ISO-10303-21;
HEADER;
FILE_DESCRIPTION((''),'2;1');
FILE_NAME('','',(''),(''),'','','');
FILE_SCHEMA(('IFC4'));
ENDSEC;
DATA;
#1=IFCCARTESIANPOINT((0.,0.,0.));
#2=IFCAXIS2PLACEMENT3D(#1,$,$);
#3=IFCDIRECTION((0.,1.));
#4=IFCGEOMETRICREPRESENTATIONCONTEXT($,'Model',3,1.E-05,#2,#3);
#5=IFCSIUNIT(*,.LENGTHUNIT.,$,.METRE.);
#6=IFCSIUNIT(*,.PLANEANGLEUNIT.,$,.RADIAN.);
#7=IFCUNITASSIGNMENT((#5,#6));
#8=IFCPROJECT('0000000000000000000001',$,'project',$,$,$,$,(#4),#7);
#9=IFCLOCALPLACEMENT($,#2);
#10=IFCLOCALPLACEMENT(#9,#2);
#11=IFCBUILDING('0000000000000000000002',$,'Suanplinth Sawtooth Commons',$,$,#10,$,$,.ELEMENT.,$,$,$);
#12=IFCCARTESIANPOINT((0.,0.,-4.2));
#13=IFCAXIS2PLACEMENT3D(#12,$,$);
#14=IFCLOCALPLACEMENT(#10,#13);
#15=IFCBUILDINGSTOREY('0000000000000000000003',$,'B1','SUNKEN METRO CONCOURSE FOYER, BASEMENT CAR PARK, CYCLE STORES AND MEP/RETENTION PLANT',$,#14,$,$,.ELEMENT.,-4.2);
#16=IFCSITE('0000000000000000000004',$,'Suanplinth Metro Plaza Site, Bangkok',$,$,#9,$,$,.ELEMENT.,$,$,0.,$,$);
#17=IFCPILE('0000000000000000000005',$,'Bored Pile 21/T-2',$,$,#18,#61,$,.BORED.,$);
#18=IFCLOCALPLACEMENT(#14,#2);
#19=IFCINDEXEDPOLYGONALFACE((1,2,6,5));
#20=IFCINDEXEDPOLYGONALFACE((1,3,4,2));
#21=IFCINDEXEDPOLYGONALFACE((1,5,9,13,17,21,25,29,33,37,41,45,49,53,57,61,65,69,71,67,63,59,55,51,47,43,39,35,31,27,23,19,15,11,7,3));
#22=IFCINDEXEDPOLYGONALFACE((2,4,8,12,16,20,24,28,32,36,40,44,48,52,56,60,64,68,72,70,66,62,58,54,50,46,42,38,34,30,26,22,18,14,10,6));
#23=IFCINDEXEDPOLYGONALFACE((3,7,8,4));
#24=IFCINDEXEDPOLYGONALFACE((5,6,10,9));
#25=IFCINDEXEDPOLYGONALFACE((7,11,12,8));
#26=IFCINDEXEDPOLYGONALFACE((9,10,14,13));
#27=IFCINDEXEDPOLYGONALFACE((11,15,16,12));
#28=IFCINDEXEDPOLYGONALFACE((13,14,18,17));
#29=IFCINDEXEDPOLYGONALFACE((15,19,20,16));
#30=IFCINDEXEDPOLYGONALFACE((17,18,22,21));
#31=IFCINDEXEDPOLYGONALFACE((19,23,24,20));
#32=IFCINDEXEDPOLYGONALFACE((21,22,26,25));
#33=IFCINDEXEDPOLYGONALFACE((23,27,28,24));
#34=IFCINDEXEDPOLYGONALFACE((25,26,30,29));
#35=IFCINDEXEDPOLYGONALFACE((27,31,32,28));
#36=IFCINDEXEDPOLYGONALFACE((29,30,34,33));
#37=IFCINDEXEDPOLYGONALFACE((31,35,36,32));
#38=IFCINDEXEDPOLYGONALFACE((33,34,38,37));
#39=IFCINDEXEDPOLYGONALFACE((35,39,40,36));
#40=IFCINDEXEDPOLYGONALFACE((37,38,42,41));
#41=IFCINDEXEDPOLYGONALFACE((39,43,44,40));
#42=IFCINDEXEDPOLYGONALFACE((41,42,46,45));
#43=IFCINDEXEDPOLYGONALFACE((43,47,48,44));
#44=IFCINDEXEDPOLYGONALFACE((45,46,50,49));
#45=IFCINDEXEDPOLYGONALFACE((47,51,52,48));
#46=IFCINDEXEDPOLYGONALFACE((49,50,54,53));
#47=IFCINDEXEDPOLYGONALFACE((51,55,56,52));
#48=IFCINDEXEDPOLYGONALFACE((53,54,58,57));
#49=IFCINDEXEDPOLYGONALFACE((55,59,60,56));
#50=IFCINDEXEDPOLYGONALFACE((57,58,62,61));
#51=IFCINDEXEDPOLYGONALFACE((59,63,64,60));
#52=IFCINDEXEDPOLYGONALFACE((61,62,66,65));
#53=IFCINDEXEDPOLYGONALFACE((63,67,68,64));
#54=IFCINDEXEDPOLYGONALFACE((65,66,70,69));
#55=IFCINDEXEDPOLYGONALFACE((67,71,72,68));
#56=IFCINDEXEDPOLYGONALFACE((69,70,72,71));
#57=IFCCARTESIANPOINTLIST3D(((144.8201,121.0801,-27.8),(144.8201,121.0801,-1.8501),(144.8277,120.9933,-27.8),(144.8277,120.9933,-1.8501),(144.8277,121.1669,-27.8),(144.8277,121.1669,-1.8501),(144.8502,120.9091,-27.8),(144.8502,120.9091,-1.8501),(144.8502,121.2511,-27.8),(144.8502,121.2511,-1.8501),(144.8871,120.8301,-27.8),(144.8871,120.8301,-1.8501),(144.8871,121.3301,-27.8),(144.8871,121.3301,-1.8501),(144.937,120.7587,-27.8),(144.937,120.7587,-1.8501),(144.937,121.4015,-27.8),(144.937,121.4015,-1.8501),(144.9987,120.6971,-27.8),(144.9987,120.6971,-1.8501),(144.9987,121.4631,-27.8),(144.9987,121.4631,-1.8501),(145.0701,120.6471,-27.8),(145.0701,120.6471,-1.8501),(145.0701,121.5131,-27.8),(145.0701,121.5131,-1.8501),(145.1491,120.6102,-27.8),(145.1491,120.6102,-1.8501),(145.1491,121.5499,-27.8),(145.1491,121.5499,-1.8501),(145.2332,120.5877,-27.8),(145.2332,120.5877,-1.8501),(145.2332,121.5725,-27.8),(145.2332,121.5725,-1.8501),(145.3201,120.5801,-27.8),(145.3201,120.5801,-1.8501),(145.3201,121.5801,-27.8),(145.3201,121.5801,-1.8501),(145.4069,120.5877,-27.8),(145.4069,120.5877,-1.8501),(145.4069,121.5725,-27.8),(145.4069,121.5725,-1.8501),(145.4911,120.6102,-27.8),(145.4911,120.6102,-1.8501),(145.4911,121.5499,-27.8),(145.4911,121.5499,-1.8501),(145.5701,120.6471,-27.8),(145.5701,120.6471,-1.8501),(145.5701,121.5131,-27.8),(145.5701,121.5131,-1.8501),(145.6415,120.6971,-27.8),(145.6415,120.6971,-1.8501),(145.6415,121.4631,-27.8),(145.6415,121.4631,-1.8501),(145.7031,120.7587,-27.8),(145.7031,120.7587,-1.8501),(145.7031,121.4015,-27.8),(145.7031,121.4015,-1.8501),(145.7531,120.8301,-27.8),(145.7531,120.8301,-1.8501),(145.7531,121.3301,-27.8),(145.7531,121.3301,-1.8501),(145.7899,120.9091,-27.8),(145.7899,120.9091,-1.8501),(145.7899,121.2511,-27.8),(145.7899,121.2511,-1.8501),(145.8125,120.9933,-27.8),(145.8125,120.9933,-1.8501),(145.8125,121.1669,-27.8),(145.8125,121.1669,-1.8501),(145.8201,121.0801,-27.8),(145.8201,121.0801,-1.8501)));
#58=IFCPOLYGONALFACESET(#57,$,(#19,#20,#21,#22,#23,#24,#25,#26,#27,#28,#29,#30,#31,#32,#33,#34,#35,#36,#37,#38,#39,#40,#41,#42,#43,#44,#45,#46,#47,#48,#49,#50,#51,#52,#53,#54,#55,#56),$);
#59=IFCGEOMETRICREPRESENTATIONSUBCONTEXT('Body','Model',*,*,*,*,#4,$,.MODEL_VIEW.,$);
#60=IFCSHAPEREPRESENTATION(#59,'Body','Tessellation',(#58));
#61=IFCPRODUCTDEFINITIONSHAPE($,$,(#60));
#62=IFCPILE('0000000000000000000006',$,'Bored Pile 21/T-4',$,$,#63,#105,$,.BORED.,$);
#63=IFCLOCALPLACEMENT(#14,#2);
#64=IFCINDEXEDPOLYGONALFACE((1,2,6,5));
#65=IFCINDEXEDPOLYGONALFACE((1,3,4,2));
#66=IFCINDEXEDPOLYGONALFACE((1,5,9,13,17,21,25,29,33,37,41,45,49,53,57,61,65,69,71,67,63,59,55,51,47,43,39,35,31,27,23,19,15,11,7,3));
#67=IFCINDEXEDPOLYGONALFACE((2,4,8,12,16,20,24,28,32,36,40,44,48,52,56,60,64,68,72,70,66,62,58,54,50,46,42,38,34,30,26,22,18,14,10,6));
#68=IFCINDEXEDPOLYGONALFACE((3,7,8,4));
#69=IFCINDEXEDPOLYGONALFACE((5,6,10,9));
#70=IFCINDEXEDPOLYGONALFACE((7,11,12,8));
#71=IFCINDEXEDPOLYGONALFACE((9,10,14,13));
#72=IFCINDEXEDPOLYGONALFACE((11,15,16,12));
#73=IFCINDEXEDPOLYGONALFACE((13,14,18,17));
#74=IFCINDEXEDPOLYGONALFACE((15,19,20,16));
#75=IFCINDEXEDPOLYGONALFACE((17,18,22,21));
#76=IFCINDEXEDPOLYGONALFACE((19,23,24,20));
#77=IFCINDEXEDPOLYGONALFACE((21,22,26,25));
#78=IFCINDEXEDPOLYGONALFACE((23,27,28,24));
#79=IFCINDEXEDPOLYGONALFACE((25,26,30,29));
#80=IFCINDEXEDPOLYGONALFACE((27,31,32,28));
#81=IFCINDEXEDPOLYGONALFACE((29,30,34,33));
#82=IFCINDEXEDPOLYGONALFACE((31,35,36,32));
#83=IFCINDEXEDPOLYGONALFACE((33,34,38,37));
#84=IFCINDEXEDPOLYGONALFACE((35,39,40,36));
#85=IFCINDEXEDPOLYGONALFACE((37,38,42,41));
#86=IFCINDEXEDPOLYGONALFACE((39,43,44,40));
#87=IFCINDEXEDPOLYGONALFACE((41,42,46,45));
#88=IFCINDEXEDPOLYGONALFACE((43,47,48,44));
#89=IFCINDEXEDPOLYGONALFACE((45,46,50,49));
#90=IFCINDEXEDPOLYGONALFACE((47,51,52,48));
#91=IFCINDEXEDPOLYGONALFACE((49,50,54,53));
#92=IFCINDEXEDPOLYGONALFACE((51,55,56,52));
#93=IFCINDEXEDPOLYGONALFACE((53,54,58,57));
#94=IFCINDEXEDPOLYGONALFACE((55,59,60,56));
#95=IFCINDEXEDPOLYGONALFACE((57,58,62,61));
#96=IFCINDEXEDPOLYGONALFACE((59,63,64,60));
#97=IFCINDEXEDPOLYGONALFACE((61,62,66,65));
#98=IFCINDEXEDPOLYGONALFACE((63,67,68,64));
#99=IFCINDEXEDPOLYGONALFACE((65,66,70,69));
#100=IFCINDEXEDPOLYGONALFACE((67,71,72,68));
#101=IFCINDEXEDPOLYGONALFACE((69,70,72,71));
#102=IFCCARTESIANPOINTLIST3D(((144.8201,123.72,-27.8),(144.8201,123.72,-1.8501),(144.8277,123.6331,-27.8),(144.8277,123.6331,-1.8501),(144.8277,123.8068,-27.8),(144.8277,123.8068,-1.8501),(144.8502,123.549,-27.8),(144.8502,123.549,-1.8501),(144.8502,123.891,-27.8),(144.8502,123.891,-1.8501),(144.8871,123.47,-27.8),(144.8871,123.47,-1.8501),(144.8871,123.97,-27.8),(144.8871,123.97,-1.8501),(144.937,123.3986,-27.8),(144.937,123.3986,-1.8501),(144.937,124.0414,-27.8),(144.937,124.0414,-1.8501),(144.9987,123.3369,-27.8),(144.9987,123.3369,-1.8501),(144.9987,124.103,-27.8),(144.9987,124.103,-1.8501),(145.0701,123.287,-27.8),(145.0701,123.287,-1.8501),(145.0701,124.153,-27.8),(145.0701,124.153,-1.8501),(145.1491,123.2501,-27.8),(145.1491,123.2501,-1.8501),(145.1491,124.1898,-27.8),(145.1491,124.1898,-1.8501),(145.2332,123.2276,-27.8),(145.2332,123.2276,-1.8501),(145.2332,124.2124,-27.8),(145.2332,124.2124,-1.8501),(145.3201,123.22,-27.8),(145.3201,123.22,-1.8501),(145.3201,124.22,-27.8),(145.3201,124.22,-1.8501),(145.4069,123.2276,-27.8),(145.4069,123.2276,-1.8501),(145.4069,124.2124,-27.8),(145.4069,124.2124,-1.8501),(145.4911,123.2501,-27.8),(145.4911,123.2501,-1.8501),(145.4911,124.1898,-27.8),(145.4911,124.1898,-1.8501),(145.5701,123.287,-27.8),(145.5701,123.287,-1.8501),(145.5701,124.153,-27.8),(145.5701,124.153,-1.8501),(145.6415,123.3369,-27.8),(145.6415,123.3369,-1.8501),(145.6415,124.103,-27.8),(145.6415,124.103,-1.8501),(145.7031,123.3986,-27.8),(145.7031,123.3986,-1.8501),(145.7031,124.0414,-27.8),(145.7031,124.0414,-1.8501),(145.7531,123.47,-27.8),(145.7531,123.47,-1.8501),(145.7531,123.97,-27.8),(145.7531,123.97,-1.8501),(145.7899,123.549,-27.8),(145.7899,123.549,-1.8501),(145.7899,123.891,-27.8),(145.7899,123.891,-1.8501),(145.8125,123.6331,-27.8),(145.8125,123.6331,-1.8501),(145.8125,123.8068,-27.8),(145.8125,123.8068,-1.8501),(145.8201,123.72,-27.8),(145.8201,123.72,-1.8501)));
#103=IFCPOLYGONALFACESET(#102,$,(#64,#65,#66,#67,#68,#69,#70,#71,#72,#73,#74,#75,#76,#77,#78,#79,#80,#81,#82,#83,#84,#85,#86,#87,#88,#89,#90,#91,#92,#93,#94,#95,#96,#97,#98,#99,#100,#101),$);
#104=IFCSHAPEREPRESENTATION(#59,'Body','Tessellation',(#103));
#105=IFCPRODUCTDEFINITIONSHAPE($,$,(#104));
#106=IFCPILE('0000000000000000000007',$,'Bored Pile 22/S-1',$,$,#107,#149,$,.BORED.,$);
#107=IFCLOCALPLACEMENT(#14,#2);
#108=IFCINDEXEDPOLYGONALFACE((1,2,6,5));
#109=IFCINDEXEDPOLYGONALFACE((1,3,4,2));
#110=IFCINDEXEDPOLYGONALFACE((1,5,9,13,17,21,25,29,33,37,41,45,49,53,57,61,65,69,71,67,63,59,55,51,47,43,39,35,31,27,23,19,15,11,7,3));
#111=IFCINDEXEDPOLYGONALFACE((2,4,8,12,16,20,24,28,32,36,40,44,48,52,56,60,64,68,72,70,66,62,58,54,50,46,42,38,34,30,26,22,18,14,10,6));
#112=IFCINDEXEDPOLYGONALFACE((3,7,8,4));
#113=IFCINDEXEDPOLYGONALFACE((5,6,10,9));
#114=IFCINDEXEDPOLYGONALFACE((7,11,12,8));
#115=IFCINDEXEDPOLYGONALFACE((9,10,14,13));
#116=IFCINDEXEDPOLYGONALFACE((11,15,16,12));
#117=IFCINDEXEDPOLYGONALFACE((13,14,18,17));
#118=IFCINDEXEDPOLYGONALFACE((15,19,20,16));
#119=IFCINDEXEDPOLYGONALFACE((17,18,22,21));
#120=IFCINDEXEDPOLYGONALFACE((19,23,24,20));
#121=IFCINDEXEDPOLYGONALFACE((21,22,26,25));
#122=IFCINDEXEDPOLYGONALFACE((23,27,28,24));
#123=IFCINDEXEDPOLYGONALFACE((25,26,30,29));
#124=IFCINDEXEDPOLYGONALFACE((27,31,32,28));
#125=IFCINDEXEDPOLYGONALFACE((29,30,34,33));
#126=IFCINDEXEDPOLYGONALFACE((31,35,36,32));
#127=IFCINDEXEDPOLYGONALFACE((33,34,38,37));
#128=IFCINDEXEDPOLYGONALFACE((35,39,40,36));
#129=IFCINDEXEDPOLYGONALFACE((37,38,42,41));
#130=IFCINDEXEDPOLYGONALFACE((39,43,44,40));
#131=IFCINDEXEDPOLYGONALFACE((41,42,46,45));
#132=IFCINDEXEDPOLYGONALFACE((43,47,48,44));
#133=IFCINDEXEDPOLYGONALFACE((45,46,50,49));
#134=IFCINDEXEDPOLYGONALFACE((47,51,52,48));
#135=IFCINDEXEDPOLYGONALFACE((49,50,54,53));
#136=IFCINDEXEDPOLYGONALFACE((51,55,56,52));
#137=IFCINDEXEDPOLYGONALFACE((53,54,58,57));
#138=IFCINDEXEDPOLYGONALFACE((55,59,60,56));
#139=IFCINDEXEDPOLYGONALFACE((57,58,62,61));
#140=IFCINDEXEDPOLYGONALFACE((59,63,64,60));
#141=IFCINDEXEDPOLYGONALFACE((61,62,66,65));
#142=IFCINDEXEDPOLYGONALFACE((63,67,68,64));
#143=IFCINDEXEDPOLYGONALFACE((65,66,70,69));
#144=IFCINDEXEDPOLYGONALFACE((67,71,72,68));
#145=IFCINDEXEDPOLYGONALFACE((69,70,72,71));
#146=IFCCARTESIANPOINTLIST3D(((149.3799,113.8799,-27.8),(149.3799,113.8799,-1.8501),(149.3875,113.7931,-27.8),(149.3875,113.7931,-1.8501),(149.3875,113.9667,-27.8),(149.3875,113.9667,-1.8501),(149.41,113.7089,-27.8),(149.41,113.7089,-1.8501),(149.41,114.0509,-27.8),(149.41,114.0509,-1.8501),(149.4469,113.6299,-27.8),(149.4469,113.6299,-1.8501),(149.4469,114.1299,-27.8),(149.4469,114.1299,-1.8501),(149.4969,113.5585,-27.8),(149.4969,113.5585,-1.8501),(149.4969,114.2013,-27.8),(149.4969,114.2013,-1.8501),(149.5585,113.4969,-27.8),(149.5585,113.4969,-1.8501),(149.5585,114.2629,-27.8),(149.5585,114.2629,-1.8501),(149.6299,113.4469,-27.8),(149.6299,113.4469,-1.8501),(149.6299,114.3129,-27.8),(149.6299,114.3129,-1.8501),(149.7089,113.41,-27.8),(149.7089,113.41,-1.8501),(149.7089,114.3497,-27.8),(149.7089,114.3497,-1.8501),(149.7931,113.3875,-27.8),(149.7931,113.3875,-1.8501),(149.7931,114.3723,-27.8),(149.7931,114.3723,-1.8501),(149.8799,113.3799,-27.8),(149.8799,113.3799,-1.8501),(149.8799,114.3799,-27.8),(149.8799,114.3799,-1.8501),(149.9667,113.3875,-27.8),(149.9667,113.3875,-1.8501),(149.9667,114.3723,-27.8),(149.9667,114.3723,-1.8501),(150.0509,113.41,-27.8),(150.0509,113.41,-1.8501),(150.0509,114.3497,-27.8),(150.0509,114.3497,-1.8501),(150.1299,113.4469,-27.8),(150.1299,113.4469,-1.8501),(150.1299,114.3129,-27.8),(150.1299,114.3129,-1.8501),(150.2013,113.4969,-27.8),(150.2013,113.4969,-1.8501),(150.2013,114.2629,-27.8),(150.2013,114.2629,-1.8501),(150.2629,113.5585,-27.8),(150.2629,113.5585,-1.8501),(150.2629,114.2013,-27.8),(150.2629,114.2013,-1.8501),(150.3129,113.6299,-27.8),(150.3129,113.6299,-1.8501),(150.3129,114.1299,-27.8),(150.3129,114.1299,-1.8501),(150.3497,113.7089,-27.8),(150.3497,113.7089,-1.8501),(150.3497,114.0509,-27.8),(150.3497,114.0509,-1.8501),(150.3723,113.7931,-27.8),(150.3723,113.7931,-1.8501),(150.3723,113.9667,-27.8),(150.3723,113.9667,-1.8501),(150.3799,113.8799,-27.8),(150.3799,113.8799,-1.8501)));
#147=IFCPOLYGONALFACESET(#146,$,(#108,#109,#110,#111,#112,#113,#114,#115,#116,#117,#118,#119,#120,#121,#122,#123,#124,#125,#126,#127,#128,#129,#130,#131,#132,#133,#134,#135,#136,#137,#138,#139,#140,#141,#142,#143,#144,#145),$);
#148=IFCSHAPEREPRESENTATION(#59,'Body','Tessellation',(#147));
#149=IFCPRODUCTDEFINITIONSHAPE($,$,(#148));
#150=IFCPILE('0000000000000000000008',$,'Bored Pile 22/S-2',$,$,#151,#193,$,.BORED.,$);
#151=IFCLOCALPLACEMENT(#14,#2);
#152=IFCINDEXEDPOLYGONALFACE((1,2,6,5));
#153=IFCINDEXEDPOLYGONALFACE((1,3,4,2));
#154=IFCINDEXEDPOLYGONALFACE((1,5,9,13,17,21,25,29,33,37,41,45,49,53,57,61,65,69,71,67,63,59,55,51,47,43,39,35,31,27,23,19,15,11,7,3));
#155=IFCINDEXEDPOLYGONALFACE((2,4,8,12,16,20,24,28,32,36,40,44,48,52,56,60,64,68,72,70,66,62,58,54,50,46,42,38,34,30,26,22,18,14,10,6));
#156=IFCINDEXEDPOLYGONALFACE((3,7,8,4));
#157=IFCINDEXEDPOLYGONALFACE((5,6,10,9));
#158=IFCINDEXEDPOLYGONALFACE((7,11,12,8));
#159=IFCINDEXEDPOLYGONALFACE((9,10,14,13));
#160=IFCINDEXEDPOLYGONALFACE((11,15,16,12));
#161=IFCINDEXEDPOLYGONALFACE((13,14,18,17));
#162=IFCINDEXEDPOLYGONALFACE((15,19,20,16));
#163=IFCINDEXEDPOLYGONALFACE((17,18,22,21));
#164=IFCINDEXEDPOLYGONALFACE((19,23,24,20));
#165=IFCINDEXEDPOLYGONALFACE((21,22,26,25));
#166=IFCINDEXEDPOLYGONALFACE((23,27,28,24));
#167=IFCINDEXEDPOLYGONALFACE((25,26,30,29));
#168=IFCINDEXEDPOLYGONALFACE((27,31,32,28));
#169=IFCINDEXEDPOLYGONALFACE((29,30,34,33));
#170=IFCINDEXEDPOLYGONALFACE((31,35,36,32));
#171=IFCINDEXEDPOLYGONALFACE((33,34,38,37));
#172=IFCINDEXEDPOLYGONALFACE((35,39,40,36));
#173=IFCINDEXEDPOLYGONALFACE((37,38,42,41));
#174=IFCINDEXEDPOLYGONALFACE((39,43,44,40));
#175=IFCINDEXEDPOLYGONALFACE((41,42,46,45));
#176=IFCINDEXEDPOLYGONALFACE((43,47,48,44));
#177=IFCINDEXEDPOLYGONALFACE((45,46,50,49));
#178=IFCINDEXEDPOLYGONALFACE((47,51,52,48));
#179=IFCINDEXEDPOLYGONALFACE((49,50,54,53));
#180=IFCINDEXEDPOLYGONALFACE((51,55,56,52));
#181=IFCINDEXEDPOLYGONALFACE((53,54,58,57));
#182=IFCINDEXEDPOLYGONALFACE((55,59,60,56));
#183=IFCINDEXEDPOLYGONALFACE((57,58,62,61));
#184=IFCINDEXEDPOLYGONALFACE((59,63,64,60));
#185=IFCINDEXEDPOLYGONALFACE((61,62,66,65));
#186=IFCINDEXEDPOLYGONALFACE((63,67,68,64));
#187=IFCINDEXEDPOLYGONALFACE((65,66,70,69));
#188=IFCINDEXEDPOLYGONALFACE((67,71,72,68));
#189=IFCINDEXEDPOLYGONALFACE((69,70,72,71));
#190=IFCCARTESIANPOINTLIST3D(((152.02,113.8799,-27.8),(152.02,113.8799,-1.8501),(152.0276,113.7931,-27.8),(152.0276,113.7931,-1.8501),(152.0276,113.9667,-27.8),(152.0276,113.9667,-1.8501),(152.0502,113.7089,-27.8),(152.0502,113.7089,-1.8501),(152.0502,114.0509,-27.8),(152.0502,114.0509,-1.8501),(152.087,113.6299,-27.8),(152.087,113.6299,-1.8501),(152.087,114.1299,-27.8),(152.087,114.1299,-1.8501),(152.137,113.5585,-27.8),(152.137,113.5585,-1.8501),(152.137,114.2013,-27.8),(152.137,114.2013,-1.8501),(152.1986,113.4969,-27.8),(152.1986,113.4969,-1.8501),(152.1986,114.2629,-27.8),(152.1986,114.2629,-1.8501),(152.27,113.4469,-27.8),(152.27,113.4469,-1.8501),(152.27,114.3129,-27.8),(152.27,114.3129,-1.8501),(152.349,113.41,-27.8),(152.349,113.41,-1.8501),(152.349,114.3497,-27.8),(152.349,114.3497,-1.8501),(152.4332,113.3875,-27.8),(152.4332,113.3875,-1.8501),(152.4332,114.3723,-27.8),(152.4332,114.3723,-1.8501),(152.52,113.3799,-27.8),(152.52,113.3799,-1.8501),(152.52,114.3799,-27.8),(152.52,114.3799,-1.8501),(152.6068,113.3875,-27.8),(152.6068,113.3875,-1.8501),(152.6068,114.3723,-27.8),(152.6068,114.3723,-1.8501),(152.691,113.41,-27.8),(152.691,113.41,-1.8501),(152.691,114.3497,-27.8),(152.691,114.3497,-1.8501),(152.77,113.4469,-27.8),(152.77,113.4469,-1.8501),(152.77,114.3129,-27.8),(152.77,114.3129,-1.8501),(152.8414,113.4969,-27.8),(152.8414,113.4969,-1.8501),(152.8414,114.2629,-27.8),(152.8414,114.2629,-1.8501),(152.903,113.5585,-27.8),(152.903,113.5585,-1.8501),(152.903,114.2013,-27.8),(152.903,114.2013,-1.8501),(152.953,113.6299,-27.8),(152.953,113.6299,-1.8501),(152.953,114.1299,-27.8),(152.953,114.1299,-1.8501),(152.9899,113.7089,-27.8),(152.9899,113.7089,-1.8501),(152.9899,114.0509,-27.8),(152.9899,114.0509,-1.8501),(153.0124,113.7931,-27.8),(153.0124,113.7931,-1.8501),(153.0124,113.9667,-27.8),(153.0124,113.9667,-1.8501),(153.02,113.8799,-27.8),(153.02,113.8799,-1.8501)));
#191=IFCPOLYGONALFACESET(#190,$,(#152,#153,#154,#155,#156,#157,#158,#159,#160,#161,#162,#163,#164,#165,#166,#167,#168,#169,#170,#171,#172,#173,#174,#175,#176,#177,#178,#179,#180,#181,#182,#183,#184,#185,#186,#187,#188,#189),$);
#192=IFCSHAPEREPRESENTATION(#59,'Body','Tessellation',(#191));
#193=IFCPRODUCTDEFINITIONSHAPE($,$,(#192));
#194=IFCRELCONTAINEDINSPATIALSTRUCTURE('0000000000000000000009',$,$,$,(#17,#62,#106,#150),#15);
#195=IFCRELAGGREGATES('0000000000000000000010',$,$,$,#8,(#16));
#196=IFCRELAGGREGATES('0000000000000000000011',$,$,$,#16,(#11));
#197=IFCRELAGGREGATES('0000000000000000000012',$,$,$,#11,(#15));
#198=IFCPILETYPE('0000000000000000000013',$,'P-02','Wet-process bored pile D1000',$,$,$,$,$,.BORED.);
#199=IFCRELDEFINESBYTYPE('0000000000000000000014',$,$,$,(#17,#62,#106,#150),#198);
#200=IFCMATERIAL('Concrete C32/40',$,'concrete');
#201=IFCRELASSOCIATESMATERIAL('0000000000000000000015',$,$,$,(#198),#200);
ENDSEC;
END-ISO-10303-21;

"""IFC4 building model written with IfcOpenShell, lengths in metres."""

from ifc_helpers import new_model, si_unit, direction, frame, origin, origin_2d, place, context, subcontext, project, spatial, circle, extrude, material, material_profile, profile_set, type_object, element, save


model = new_model("IFC4")

# Units and contexts
model_context = context("Model", 3, precision=1e-05, world=origin(), true_north=direction((0.0, 1.0)))
body_context = subcontext(model_context, "Body", "Model", "MODEL_VIEW")
ifc_project = project(units=[si_unit("LENGTHUNIT", "METRE"), si_unit("PLANEANGLEUNIT", "RADIAN")], contexts=[model_context])

# Site, building, storey
site_placement = place(None, origin())
site = spatial("IfcSite", under=ifc_project, at=site_placement, Name="Suanplinth Metro Plaza Site, Bangkok", CompositionType="ELEMENT", RefElevation=0.0)
building_placement = place(site_placement, origin())
building = spatial("IfcBuilding", under=site, at=building_placement, Name="Suanplinth Sawtooth Commons", CompositionType="ELEMENT")
storey_placement = place(building_placement, frame((0.0, 0.0, -4.2)))
storey = spatial("IfcBuildingStorey", under=building, at=storey_placement, Name="B1", Description="SUNKEN METRO CONCOURSE FOYER, BASEMENT CAR PARK, CYCLE STORES AND MEP/RETENTION PLANT", CompositionType="ELEMENT", Elevation=-4.2)

# Piles
ifc_material_1 = material(Name="Concrete C32/40", Category="concrete")
ifc_material_profile_1 = material_profile(ifc_material_1, circle(Radius=0.5, at=origin_2d()), Name="PILE D1000")
ifc_profile_set_1 = profile_set([ifc_material_profile_1], Name="Concrete C32/40")
pile_type = type_object("IfcPileType", Name="P-02", Description="Wet-process bored pile D1000", PredefinedType="BORED", material=ifc_profile_set_1)
for number, where, z_axis, x_axis, name in (
    (1, (145.3201, 121.0801, -1.8501), (0.0, 0.0, -1.0), (1.0, 0.0, 0.0), "Bored Pile 21/T-2"),
    (2, (145.3201, 123.72, -1.8501), (0.0, 0.0, -1.0), (1.0, 0.0, 0.0), "Bored Pile 21/T-4"),
    (3, (149.8799, 113.8799, -1.8501), (0.0, 0.0, -1.0), (1.0, 0.0, 0.0), "Bored Pile 22/S-1"),
    (4, (152.52, 113.8799, -1.8501), (0.0, 0.0, -1.0), (1.0, 0.0, 0.0), "Bored Pile 22/S-2"),
):
    element("IfcPile", number, at=place(storey_placement, frame(where, z_axis=z_axis, x_axis=x_axis)), inside=storey, type_object=pile_type, Name=name, PredefinedType="BORED", context=body_context, shape_type="SweptSolid", body=[
        extrude(circle(Radius=0.5, at=origin_2d()), origin(), (0.0, 0.0, 1.0), 25.95),
    ])

save(model, "model.ifc")
